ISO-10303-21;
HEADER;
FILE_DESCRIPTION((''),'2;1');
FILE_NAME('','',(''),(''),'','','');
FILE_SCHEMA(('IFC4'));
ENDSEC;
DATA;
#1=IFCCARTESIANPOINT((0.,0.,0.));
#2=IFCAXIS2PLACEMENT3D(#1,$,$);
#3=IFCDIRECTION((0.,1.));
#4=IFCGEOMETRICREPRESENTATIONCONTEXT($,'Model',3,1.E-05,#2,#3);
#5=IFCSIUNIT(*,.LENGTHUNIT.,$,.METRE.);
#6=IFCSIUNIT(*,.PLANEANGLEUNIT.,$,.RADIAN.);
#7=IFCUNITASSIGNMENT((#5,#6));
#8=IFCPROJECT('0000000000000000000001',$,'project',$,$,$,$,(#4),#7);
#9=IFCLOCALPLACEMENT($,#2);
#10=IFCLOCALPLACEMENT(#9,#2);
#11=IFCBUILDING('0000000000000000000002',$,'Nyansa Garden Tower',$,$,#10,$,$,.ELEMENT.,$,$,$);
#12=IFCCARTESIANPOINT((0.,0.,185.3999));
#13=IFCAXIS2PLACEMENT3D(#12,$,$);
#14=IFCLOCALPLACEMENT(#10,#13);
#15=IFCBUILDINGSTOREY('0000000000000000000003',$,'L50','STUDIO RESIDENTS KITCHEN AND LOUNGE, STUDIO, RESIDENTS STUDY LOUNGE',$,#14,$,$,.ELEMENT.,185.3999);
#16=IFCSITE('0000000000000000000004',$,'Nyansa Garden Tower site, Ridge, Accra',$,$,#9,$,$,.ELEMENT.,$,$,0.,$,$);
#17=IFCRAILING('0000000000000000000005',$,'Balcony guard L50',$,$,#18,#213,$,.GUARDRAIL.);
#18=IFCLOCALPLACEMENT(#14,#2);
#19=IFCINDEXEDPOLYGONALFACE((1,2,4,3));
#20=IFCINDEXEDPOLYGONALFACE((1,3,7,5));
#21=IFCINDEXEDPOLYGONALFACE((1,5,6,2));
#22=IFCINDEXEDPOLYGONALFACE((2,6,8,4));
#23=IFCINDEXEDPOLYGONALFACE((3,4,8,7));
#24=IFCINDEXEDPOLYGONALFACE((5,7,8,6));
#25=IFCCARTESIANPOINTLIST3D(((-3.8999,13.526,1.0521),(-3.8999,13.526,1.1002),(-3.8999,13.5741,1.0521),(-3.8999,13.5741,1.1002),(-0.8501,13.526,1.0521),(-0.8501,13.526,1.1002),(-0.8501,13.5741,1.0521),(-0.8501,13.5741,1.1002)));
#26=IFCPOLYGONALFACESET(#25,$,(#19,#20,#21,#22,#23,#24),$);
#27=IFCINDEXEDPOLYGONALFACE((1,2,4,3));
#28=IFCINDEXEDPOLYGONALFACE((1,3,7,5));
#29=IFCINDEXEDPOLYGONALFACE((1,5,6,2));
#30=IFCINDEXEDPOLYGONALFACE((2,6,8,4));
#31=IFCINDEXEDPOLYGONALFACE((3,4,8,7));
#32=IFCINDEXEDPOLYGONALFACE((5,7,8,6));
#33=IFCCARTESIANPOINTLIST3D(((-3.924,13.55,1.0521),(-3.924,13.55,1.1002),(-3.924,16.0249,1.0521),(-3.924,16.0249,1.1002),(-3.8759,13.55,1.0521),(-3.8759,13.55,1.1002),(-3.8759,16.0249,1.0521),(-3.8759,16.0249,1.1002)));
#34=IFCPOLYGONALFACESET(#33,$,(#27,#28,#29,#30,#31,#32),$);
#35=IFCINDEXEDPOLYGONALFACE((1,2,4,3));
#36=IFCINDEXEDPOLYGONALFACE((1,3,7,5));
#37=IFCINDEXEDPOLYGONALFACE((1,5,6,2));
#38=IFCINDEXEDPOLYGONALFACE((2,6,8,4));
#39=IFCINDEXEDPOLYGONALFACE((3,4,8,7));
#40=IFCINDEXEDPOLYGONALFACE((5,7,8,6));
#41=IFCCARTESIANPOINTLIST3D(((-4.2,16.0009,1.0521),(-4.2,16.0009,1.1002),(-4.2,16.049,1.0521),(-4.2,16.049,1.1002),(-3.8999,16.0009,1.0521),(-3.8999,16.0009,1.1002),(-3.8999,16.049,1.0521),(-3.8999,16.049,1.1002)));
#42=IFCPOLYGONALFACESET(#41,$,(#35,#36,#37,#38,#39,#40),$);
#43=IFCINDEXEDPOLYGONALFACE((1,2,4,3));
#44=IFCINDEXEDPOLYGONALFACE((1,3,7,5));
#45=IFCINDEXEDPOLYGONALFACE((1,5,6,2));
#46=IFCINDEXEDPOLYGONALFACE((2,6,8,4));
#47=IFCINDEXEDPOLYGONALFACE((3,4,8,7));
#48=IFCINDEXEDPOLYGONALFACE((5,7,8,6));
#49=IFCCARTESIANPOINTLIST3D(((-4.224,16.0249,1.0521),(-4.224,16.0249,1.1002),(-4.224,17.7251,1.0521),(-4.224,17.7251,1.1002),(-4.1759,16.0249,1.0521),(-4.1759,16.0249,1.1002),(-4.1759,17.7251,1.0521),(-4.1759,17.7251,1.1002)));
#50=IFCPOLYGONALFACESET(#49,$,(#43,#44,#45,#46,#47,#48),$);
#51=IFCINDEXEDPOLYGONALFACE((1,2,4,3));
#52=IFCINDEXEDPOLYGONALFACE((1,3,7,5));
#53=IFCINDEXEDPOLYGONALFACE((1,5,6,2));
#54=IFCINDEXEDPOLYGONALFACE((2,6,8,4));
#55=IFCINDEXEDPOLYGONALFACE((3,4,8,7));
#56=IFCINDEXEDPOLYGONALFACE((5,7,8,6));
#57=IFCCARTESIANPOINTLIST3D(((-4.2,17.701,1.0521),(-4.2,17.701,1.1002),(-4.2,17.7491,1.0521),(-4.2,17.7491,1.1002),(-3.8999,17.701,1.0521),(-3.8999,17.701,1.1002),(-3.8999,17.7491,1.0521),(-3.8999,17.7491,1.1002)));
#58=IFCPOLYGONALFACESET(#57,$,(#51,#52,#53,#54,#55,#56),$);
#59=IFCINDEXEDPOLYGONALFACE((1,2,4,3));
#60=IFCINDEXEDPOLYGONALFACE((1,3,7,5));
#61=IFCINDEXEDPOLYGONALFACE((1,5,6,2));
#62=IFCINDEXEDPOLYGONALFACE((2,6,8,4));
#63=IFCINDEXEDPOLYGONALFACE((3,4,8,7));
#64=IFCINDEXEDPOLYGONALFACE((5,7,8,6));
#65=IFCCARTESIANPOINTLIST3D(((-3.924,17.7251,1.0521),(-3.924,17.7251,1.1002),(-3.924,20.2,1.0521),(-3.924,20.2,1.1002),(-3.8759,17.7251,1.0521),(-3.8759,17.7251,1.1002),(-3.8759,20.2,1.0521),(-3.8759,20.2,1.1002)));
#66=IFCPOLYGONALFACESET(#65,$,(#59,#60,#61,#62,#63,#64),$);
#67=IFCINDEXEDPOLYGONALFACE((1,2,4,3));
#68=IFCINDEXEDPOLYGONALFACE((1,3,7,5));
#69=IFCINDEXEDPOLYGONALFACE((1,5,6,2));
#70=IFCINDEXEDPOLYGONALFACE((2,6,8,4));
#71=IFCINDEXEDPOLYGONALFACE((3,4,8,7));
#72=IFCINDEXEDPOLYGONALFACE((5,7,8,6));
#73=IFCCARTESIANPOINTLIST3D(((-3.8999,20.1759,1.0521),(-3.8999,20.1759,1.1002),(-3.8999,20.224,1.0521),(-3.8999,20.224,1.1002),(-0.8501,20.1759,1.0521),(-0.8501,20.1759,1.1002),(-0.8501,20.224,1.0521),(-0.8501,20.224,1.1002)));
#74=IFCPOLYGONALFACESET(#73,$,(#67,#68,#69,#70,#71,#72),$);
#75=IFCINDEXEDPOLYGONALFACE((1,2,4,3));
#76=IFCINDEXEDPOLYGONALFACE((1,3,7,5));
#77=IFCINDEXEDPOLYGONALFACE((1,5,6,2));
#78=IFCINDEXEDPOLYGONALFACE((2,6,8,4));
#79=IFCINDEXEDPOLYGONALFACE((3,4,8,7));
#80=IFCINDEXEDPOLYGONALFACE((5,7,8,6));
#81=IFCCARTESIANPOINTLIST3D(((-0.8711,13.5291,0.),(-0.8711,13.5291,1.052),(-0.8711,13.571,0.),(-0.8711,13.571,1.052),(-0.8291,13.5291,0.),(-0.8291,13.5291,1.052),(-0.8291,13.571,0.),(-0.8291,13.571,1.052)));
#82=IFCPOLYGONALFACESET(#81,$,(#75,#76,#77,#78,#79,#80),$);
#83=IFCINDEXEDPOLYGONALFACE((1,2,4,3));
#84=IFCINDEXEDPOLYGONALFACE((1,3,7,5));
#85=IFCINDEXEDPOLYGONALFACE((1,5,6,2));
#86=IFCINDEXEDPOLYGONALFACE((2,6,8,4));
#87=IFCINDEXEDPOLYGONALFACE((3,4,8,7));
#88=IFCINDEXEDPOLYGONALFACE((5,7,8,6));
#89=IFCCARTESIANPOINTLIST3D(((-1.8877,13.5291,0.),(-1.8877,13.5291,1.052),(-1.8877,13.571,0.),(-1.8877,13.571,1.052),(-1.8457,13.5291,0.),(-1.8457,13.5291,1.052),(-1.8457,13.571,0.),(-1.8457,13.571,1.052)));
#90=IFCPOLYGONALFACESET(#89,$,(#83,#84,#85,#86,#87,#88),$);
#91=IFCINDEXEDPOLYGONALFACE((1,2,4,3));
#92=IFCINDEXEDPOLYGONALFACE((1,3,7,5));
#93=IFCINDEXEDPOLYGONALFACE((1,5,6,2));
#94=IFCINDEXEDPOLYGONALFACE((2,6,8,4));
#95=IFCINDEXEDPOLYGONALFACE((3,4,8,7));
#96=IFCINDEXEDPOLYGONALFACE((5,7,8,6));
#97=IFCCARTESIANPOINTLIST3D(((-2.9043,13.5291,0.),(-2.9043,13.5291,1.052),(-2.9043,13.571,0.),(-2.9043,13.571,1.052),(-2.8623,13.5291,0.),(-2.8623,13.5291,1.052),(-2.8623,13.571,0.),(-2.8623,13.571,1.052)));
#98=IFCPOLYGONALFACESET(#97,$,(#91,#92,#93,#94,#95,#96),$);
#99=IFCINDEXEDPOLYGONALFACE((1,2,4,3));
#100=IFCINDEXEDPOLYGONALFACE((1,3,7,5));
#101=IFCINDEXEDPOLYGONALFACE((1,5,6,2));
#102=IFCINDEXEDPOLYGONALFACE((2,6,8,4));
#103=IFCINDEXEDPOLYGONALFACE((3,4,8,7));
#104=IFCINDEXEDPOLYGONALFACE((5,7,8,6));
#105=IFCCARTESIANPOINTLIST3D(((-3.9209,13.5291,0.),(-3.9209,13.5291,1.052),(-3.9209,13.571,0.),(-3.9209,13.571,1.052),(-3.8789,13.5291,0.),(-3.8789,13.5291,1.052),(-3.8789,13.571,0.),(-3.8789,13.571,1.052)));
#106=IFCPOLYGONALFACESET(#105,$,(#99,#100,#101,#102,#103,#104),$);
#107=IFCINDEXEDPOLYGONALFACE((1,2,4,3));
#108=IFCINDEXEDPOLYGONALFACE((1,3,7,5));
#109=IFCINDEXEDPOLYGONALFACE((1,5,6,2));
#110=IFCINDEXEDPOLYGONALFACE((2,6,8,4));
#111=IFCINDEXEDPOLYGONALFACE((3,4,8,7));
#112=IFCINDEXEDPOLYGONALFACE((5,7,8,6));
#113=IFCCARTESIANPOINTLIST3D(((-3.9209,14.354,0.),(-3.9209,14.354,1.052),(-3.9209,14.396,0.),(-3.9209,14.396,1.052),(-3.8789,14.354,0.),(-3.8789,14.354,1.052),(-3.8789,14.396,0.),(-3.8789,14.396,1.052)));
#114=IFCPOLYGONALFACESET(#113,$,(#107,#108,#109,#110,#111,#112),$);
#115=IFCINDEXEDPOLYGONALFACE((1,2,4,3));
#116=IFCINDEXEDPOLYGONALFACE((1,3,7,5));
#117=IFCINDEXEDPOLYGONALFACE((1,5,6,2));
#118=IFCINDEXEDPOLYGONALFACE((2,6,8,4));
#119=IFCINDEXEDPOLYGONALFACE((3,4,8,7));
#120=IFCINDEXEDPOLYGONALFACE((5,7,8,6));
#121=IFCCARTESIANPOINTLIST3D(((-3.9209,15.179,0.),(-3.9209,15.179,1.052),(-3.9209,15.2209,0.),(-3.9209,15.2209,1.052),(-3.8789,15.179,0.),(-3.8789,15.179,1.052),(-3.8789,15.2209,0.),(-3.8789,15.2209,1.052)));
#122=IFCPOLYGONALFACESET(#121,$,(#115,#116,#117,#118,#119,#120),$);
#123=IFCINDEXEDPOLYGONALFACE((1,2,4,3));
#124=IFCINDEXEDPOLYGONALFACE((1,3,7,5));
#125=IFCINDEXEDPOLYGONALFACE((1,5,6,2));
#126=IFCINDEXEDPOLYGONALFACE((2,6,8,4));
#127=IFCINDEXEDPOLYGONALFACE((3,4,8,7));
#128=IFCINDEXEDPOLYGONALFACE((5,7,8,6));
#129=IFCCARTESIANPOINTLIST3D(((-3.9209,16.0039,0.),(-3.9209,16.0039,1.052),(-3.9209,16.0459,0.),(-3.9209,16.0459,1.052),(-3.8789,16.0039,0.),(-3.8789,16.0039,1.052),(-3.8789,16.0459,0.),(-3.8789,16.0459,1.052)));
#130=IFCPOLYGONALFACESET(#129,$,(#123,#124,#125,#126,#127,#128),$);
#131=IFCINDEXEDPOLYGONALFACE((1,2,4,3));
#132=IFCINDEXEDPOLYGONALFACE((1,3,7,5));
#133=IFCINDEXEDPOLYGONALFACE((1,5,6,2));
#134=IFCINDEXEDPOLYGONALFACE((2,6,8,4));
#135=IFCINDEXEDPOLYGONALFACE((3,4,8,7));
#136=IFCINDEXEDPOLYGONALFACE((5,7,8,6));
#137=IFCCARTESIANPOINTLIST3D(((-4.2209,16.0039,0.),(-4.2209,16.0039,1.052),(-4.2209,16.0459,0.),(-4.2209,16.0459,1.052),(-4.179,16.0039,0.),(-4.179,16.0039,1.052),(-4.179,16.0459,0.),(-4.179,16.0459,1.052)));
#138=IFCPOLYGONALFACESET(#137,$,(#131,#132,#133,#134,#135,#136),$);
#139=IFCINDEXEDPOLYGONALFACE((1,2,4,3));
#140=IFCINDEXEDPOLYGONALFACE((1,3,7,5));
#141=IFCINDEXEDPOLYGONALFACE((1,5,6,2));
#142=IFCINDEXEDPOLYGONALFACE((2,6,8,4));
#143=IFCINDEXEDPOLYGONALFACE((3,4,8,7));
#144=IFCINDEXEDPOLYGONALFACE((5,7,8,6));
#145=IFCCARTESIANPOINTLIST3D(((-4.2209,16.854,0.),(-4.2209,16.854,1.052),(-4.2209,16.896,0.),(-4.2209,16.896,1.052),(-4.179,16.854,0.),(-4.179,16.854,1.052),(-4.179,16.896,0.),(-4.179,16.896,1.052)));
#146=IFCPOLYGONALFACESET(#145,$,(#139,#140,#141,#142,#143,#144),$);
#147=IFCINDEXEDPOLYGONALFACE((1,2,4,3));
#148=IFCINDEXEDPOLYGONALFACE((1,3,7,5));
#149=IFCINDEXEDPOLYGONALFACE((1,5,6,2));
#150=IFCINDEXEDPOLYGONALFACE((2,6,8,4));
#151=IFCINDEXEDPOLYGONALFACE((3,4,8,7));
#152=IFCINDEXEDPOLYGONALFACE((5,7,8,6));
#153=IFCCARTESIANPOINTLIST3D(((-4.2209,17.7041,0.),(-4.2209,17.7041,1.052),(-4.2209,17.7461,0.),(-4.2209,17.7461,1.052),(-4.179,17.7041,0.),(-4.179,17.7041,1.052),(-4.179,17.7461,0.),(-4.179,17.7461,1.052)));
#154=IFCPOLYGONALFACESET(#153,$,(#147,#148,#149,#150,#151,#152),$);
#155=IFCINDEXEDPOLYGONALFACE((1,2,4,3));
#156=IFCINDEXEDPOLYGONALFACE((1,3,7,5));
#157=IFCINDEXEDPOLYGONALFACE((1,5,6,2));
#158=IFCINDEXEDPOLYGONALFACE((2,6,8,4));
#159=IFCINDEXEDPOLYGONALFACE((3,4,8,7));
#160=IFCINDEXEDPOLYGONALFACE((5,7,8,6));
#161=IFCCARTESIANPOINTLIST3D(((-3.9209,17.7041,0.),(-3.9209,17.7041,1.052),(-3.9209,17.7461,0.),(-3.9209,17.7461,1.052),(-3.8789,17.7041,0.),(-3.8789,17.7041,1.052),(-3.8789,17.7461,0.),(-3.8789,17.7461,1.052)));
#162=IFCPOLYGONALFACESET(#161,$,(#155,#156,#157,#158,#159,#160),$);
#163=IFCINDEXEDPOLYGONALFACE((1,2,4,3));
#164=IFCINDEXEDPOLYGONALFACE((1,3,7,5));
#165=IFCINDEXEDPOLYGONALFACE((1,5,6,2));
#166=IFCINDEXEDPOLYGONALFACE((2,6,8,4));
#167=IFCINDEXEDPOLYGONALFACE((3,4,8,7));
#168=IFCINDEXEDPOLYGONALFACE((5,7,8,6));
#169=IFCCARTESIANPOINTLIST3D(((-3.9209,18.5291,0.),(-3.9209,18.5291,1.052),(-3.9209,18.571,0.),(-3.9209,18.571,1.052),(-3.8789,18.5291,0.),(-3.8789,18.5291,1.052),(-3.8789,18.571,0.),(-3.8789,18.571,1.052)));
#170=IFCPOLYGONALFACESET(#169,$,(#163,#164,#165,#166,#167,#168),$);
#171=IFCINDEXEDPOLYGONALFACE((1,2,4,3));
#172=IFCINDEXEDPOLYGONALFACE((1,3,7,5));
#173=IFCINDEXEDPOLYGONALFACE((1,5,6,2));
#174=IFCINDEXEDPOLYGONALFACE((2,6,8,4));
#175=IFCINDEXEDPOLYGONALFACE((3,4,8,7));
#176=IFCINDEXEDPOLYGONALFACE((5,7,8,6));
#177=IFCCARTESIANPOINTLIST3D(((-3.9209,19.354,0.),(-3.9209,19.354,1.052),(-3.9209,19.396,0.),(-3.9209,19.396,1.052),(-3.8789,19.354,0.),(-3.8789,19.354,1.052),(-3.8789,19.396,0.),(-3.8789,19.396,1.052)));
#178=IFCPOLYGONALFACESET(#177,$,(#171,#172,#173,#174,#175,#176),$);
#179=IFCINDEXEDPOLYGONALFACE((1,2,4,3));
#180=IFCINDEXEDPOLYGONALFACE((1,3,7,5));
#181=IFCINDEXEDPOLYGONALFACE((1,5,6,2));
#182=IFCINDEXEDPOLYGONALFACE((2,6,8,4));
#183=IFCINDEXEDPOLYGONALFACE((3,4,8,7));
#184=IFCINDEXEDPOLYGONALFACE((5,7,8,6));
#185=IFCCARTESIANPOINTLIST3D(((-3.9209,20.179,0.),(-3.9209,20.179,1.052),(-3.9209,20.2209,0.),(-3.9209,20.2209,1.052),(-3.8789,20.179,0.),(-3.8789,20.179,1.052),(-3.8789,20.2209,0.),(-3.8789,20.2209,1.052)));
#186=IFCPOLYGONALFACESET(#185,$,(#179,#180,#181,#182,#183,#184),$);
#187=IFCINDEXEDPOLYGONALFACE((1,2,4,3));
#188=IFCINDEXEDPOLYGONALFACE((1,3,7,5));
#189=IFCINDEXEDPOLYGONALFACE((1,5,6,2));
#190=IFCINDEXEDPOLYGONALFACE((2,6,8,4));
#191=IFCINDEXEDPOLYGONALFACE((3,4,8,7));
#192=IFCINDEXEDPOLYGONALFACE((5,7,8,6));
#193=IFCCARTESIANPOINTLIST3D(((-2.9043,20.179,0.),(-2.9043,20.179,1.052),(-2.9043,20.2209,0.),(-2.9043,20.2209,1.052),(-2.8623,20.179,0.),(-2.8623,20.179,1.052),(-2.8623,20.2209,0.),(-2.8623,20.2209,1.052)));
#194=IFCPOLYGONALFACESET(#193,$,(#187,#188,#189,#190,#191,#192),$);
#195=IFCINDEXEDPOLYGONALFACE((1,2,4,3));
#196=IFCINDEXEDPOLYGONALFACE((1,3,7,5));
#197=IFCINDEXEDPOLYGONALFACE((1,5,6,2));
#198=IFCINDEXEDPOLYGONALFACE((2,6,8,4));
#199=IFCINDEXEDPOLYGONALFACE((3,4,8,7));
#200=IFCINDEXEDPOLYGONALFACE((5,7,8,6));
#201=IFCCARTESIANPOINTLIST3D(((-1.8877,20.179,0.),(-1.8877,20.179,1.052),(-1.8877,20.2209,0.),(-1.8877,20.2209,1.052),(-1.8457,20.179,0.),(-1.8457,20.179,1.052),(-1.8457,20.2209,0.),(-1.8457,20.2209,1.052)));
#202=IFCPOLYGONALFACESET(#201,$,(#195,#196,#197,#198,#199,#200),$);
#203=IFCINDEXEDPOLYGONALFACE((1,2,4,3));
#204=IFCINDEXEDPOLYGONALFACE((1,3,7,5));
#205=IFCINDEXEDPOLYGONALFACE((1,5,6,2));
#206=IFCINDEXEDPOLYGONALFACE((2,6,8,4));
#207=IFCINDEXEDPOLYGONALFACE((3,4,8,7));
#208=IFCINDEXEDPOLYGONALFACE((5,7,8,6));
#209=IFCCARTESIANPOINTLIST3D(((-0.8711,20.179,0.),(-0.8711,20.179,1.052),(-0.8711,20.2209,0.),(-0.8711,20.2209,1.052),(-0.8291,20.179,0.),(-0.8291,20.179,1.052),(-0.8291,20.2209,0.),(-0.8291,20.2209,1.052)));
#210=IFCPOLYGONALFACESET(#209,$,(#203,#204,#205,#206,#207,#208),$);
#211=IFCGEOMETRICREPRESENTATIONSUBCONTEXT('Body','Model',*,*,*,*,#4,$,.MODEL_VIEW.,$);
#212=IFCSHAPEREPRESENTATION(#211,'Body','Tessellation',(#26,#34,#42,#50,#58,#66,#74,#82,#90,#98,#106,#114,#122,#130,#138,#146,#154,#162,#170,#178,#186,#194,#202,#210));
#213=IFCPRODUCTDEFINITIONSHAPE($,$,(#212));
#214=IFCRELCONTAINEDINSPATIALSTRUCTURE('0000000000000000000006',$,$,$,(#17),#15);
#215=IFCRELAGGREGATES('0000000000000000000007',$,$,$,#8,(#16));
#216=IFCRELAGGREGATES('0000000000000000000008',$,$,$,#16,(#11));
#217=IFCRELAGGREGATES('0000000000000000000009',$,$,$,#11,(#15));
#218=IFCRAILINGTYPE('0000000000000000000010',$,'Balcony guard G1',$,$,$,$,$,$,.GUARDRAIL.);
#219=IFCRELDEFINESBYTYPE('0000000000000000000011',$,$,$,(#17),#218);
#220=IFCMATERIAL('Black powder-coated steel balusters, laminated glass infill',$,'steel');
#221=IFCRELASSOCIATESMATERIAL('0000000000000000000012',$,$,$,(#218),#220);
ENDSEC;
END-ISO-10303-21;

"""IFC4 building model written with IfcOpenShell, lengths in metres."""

from ifc_helpers import new_model, si_unit, direction, frame, origin, origin_2d, place, context, subcontext, project, spatial, rectangle, extrude, material, type_object, element, save


model = new_model("IFC4")

# Units and contexts
model_context = context("Model", 3, precision=1e-05, world=origin(), true_north=direction((0.0, 1.0)))
body_context = subcontext(model_context, "Body", "Model", "MODEL_VIEW")
ifc_project = project(units=[si_unit("LENGTHUNIT", "METRE"), si_unit("PLANEANGLEUNIT", "RADIAN")], contexts=[model_context])

# Site, building, storey
site_placement = place(None, origin())
site = spatial("IfcSite", under=ifc_project, at=site_placement, Name="Nyansa Garden Tower site, Ridge, Accra", CompositionType="ELEMENT", RefElevation=0.0)
building_placement = place(site_placement, origin())
building = spatial("IfcBuilding", under=site, at=building_placement, Name="Nyansa Garden Tower", CompositionType="ELEMENT")
storey_placement = place(building_placement, frame((0.0, 0.0, 185.3999)))
storey = spatial("IfcBuildingStorey", under=building, at=storey_placement, Name="L50", Description="STUDIO RESIDENTS KITCHEN AND LOUNGE, STUDIO, RESIDENTS STUDY LOUNGE", CompositionType="ELEMENT", Elevation=185.3999)

# Railing
ifc_material_1 = material(Name="Black powder-coated steel balusters, laminated glass infill", Category="steel")
railing_type = type_object("IfcRailingType", Name="Balcony guard G1", PredefinedType="GUARDRAIL", material=ifc_material_1)
railing_placement = place(storey_placement, frame((-0.8501, 13.55, 0.0)))
element("IfcRailing", 1, at=railing_placement, inside=storey, type_object=railing_type, Name="Balcony guard L50", PredefinedType="GUARDRAIL", context=body_context, shape_type="SweptSolid", body=[
    extrude(rectangle(XDim=0.0481, YDim=0.0481, at=origin_2d()), frame((0.0, 0.0, 1.0762), z_axis=(-1.0, 0.0, 0.0), x_axis=(0.0, -1.0, 0.0)), (0.0, 0.0, 1.0), 3.0498),
    extrude(rectangle(XDim=0.0481, YDim=0.0481, at=origin_2d()), frame((-3.0498, 0.0, 1.0762), z_axis=(0.0, 1.0, 0.0), x_axis=(-1.0, 0.0, 0.0)), (0.0, 0.0, 1.0), 2.4749),
    extrude(rectangle(XDim=0.0481, YDim=0.0481, at=origin_2d()), frame((-3.0498, 2.4749, 1.0762), z_axis=(-1.0, 0.0, 0.0), x_axis=(0.0, -1.0, 0.0)), (0.0, 0.0, 1.0), 0.3),
    extrude(rectangle(XDim=0.0481, YDim=0.0481, at=origin_2d()), frame((-3.3499, 2.4749, 1.0762), z_axis=(0.0, 1.0, 0.0), x_axis=(-1.0, 0.0, 0.0)), (0.0, 0.0, 1.0), 1.7002),
    extrude(rectangle(XDim=0.0481, YDim=0.0481, at=origin_2d()), frame((-3.3499, 4.175, 1.0762), z_axis=(1.0, 0.0, 0.0), x_axis=(0.0, 1.0, 0.0)), (0.0, 0.0, 1.0), 0.3),
    extrude(rectangle(XDim=0.0481, YDim=0.0481, at=origin_2d()), frame((-3.0498, 4.175, 1.0762), z_axis=(0.0, 1.0, 0.0), x_axis=(-1.0, 0.0, 0.0)), (0.0, 0.0, 1.0), 2.4749),
    extrude(rectangle(XDim=0.0481, YDim=0.0481, at=origin_2d()), frame((-3.0498, 6.6499, 1.0762), z_axis=(1.0, 0.0, 0.0), x_axis=(0.0, 1.0, 0.0)), (0.0, 0.0, 1.0), 3.0498),
    extrude(rectangle(XDim=0.042, YDim=0.042, at=origin_2d()), origin(), (0.0, 0.0, 1.0), 1.052),
    extrude(rectangle(XDim=0.042, YDim=0.042, at=origin_2d()), frame((-1.0166, 0.0, 0.0)), (0.0, 0.0, 1.0), 1.052),
    extrude(rectangle(XDim=0.042, YDim=0.042, at=origin_2d()), frame((-2.0332, 0.0, 0.0)), (0.0, 0.0, 1.0), 1.052),
    extrude(rectangle(XDim=0.042, YDim=0.042, at=origin_2d()), frame((-3.0498, 0.0, 0.0)), (0.0, 0.0, 1.0), 1.052),
    extrude(rectangle(XDim=0.042, YDim=0.042, at=origin_2d()), frame((-3.0498, 0.825, 0.0)), (0.0, 0.0, 1.0), 1.052),
    extrude(rectangle(XDim=0.042, YDim=0.042, at=origin_2d()), frame((-3.0498, 1.6499, 0.0)), (0.0, 0.0, 1.0), 1.052),
    extrude(rectangle(XDim=0.042, YDim=0.042, at=origin_2d()), frame((-3.0498, 2.4749, 0.0)), (0.0, 0.0, 1.0), 1.052),
    extrude(rectangle(XDim=0.042, YDim=0.042, at=origin_2d()), frame((-3.3499, 2.4749, 0.0)), (0.0, 0.0, 1.0), 1.052),
    extrude(rectangle(XDim=0.042, YDim=0.042, at=origin_2d()), frame((-3.3499, 3.325, 0.0)), (0.0, 0.0, 1.0), 1.052),
    extrude(rectangle(XDim=0.042, YDim=0.042, at=origin_2d()), frame((-3.3499, 4.175, 0.0)), (0.0, 0.0, 1.0), 1.052),
    extrude(rectangle(XDim=0.042, YDim=0.042, at=origin_2d()), frame((-3.0498, 4.175, 0.0)), (0.0, 0.0, 1.0), 1.052),
    extrude(rectangle(XDim=0.042, YDim=0.042, at=origin_2d()), frame((-3.0498, 5.0, 0.0)), (0.0, 0.0, 1.0), 1.052),
    extrude(rectangle(XDim=0.042, YDim=0.042, at=origin_2d()), frame((-3.0498, 5.825, 0.0)), (0.0, 0.0, 1.0), 1.052),
    extrude(rectangle(XDim=0.042, YDim=0.042, at=origin_2d()), frame((-3.0498, 6.6499, 0.0)), (0.0, 0.0, 1.0), 1.052),
    extrude(rectangle(XDim=0.042, YDim=0.042, at=origin_2d()), frame((-2.0332, 6.6499, 0.0)), (0.0, 0.0, 1.0), 1.052),
    extrude(rectangle(XDim=0.042, YDim=0.042, at=origin_2d()), frame((-1.0166, 6.6499, 0.0)), (0.0, 0.0, 1.0), 1.052),
    extrude(rectangle(XDim=0.042, YDim=0.042, at=origin_2d()), frame((0.0, 6.6499, 0.0)), (0.0, 0.0, 1.0), 1.052),
])

save(model, "model.ifc")
